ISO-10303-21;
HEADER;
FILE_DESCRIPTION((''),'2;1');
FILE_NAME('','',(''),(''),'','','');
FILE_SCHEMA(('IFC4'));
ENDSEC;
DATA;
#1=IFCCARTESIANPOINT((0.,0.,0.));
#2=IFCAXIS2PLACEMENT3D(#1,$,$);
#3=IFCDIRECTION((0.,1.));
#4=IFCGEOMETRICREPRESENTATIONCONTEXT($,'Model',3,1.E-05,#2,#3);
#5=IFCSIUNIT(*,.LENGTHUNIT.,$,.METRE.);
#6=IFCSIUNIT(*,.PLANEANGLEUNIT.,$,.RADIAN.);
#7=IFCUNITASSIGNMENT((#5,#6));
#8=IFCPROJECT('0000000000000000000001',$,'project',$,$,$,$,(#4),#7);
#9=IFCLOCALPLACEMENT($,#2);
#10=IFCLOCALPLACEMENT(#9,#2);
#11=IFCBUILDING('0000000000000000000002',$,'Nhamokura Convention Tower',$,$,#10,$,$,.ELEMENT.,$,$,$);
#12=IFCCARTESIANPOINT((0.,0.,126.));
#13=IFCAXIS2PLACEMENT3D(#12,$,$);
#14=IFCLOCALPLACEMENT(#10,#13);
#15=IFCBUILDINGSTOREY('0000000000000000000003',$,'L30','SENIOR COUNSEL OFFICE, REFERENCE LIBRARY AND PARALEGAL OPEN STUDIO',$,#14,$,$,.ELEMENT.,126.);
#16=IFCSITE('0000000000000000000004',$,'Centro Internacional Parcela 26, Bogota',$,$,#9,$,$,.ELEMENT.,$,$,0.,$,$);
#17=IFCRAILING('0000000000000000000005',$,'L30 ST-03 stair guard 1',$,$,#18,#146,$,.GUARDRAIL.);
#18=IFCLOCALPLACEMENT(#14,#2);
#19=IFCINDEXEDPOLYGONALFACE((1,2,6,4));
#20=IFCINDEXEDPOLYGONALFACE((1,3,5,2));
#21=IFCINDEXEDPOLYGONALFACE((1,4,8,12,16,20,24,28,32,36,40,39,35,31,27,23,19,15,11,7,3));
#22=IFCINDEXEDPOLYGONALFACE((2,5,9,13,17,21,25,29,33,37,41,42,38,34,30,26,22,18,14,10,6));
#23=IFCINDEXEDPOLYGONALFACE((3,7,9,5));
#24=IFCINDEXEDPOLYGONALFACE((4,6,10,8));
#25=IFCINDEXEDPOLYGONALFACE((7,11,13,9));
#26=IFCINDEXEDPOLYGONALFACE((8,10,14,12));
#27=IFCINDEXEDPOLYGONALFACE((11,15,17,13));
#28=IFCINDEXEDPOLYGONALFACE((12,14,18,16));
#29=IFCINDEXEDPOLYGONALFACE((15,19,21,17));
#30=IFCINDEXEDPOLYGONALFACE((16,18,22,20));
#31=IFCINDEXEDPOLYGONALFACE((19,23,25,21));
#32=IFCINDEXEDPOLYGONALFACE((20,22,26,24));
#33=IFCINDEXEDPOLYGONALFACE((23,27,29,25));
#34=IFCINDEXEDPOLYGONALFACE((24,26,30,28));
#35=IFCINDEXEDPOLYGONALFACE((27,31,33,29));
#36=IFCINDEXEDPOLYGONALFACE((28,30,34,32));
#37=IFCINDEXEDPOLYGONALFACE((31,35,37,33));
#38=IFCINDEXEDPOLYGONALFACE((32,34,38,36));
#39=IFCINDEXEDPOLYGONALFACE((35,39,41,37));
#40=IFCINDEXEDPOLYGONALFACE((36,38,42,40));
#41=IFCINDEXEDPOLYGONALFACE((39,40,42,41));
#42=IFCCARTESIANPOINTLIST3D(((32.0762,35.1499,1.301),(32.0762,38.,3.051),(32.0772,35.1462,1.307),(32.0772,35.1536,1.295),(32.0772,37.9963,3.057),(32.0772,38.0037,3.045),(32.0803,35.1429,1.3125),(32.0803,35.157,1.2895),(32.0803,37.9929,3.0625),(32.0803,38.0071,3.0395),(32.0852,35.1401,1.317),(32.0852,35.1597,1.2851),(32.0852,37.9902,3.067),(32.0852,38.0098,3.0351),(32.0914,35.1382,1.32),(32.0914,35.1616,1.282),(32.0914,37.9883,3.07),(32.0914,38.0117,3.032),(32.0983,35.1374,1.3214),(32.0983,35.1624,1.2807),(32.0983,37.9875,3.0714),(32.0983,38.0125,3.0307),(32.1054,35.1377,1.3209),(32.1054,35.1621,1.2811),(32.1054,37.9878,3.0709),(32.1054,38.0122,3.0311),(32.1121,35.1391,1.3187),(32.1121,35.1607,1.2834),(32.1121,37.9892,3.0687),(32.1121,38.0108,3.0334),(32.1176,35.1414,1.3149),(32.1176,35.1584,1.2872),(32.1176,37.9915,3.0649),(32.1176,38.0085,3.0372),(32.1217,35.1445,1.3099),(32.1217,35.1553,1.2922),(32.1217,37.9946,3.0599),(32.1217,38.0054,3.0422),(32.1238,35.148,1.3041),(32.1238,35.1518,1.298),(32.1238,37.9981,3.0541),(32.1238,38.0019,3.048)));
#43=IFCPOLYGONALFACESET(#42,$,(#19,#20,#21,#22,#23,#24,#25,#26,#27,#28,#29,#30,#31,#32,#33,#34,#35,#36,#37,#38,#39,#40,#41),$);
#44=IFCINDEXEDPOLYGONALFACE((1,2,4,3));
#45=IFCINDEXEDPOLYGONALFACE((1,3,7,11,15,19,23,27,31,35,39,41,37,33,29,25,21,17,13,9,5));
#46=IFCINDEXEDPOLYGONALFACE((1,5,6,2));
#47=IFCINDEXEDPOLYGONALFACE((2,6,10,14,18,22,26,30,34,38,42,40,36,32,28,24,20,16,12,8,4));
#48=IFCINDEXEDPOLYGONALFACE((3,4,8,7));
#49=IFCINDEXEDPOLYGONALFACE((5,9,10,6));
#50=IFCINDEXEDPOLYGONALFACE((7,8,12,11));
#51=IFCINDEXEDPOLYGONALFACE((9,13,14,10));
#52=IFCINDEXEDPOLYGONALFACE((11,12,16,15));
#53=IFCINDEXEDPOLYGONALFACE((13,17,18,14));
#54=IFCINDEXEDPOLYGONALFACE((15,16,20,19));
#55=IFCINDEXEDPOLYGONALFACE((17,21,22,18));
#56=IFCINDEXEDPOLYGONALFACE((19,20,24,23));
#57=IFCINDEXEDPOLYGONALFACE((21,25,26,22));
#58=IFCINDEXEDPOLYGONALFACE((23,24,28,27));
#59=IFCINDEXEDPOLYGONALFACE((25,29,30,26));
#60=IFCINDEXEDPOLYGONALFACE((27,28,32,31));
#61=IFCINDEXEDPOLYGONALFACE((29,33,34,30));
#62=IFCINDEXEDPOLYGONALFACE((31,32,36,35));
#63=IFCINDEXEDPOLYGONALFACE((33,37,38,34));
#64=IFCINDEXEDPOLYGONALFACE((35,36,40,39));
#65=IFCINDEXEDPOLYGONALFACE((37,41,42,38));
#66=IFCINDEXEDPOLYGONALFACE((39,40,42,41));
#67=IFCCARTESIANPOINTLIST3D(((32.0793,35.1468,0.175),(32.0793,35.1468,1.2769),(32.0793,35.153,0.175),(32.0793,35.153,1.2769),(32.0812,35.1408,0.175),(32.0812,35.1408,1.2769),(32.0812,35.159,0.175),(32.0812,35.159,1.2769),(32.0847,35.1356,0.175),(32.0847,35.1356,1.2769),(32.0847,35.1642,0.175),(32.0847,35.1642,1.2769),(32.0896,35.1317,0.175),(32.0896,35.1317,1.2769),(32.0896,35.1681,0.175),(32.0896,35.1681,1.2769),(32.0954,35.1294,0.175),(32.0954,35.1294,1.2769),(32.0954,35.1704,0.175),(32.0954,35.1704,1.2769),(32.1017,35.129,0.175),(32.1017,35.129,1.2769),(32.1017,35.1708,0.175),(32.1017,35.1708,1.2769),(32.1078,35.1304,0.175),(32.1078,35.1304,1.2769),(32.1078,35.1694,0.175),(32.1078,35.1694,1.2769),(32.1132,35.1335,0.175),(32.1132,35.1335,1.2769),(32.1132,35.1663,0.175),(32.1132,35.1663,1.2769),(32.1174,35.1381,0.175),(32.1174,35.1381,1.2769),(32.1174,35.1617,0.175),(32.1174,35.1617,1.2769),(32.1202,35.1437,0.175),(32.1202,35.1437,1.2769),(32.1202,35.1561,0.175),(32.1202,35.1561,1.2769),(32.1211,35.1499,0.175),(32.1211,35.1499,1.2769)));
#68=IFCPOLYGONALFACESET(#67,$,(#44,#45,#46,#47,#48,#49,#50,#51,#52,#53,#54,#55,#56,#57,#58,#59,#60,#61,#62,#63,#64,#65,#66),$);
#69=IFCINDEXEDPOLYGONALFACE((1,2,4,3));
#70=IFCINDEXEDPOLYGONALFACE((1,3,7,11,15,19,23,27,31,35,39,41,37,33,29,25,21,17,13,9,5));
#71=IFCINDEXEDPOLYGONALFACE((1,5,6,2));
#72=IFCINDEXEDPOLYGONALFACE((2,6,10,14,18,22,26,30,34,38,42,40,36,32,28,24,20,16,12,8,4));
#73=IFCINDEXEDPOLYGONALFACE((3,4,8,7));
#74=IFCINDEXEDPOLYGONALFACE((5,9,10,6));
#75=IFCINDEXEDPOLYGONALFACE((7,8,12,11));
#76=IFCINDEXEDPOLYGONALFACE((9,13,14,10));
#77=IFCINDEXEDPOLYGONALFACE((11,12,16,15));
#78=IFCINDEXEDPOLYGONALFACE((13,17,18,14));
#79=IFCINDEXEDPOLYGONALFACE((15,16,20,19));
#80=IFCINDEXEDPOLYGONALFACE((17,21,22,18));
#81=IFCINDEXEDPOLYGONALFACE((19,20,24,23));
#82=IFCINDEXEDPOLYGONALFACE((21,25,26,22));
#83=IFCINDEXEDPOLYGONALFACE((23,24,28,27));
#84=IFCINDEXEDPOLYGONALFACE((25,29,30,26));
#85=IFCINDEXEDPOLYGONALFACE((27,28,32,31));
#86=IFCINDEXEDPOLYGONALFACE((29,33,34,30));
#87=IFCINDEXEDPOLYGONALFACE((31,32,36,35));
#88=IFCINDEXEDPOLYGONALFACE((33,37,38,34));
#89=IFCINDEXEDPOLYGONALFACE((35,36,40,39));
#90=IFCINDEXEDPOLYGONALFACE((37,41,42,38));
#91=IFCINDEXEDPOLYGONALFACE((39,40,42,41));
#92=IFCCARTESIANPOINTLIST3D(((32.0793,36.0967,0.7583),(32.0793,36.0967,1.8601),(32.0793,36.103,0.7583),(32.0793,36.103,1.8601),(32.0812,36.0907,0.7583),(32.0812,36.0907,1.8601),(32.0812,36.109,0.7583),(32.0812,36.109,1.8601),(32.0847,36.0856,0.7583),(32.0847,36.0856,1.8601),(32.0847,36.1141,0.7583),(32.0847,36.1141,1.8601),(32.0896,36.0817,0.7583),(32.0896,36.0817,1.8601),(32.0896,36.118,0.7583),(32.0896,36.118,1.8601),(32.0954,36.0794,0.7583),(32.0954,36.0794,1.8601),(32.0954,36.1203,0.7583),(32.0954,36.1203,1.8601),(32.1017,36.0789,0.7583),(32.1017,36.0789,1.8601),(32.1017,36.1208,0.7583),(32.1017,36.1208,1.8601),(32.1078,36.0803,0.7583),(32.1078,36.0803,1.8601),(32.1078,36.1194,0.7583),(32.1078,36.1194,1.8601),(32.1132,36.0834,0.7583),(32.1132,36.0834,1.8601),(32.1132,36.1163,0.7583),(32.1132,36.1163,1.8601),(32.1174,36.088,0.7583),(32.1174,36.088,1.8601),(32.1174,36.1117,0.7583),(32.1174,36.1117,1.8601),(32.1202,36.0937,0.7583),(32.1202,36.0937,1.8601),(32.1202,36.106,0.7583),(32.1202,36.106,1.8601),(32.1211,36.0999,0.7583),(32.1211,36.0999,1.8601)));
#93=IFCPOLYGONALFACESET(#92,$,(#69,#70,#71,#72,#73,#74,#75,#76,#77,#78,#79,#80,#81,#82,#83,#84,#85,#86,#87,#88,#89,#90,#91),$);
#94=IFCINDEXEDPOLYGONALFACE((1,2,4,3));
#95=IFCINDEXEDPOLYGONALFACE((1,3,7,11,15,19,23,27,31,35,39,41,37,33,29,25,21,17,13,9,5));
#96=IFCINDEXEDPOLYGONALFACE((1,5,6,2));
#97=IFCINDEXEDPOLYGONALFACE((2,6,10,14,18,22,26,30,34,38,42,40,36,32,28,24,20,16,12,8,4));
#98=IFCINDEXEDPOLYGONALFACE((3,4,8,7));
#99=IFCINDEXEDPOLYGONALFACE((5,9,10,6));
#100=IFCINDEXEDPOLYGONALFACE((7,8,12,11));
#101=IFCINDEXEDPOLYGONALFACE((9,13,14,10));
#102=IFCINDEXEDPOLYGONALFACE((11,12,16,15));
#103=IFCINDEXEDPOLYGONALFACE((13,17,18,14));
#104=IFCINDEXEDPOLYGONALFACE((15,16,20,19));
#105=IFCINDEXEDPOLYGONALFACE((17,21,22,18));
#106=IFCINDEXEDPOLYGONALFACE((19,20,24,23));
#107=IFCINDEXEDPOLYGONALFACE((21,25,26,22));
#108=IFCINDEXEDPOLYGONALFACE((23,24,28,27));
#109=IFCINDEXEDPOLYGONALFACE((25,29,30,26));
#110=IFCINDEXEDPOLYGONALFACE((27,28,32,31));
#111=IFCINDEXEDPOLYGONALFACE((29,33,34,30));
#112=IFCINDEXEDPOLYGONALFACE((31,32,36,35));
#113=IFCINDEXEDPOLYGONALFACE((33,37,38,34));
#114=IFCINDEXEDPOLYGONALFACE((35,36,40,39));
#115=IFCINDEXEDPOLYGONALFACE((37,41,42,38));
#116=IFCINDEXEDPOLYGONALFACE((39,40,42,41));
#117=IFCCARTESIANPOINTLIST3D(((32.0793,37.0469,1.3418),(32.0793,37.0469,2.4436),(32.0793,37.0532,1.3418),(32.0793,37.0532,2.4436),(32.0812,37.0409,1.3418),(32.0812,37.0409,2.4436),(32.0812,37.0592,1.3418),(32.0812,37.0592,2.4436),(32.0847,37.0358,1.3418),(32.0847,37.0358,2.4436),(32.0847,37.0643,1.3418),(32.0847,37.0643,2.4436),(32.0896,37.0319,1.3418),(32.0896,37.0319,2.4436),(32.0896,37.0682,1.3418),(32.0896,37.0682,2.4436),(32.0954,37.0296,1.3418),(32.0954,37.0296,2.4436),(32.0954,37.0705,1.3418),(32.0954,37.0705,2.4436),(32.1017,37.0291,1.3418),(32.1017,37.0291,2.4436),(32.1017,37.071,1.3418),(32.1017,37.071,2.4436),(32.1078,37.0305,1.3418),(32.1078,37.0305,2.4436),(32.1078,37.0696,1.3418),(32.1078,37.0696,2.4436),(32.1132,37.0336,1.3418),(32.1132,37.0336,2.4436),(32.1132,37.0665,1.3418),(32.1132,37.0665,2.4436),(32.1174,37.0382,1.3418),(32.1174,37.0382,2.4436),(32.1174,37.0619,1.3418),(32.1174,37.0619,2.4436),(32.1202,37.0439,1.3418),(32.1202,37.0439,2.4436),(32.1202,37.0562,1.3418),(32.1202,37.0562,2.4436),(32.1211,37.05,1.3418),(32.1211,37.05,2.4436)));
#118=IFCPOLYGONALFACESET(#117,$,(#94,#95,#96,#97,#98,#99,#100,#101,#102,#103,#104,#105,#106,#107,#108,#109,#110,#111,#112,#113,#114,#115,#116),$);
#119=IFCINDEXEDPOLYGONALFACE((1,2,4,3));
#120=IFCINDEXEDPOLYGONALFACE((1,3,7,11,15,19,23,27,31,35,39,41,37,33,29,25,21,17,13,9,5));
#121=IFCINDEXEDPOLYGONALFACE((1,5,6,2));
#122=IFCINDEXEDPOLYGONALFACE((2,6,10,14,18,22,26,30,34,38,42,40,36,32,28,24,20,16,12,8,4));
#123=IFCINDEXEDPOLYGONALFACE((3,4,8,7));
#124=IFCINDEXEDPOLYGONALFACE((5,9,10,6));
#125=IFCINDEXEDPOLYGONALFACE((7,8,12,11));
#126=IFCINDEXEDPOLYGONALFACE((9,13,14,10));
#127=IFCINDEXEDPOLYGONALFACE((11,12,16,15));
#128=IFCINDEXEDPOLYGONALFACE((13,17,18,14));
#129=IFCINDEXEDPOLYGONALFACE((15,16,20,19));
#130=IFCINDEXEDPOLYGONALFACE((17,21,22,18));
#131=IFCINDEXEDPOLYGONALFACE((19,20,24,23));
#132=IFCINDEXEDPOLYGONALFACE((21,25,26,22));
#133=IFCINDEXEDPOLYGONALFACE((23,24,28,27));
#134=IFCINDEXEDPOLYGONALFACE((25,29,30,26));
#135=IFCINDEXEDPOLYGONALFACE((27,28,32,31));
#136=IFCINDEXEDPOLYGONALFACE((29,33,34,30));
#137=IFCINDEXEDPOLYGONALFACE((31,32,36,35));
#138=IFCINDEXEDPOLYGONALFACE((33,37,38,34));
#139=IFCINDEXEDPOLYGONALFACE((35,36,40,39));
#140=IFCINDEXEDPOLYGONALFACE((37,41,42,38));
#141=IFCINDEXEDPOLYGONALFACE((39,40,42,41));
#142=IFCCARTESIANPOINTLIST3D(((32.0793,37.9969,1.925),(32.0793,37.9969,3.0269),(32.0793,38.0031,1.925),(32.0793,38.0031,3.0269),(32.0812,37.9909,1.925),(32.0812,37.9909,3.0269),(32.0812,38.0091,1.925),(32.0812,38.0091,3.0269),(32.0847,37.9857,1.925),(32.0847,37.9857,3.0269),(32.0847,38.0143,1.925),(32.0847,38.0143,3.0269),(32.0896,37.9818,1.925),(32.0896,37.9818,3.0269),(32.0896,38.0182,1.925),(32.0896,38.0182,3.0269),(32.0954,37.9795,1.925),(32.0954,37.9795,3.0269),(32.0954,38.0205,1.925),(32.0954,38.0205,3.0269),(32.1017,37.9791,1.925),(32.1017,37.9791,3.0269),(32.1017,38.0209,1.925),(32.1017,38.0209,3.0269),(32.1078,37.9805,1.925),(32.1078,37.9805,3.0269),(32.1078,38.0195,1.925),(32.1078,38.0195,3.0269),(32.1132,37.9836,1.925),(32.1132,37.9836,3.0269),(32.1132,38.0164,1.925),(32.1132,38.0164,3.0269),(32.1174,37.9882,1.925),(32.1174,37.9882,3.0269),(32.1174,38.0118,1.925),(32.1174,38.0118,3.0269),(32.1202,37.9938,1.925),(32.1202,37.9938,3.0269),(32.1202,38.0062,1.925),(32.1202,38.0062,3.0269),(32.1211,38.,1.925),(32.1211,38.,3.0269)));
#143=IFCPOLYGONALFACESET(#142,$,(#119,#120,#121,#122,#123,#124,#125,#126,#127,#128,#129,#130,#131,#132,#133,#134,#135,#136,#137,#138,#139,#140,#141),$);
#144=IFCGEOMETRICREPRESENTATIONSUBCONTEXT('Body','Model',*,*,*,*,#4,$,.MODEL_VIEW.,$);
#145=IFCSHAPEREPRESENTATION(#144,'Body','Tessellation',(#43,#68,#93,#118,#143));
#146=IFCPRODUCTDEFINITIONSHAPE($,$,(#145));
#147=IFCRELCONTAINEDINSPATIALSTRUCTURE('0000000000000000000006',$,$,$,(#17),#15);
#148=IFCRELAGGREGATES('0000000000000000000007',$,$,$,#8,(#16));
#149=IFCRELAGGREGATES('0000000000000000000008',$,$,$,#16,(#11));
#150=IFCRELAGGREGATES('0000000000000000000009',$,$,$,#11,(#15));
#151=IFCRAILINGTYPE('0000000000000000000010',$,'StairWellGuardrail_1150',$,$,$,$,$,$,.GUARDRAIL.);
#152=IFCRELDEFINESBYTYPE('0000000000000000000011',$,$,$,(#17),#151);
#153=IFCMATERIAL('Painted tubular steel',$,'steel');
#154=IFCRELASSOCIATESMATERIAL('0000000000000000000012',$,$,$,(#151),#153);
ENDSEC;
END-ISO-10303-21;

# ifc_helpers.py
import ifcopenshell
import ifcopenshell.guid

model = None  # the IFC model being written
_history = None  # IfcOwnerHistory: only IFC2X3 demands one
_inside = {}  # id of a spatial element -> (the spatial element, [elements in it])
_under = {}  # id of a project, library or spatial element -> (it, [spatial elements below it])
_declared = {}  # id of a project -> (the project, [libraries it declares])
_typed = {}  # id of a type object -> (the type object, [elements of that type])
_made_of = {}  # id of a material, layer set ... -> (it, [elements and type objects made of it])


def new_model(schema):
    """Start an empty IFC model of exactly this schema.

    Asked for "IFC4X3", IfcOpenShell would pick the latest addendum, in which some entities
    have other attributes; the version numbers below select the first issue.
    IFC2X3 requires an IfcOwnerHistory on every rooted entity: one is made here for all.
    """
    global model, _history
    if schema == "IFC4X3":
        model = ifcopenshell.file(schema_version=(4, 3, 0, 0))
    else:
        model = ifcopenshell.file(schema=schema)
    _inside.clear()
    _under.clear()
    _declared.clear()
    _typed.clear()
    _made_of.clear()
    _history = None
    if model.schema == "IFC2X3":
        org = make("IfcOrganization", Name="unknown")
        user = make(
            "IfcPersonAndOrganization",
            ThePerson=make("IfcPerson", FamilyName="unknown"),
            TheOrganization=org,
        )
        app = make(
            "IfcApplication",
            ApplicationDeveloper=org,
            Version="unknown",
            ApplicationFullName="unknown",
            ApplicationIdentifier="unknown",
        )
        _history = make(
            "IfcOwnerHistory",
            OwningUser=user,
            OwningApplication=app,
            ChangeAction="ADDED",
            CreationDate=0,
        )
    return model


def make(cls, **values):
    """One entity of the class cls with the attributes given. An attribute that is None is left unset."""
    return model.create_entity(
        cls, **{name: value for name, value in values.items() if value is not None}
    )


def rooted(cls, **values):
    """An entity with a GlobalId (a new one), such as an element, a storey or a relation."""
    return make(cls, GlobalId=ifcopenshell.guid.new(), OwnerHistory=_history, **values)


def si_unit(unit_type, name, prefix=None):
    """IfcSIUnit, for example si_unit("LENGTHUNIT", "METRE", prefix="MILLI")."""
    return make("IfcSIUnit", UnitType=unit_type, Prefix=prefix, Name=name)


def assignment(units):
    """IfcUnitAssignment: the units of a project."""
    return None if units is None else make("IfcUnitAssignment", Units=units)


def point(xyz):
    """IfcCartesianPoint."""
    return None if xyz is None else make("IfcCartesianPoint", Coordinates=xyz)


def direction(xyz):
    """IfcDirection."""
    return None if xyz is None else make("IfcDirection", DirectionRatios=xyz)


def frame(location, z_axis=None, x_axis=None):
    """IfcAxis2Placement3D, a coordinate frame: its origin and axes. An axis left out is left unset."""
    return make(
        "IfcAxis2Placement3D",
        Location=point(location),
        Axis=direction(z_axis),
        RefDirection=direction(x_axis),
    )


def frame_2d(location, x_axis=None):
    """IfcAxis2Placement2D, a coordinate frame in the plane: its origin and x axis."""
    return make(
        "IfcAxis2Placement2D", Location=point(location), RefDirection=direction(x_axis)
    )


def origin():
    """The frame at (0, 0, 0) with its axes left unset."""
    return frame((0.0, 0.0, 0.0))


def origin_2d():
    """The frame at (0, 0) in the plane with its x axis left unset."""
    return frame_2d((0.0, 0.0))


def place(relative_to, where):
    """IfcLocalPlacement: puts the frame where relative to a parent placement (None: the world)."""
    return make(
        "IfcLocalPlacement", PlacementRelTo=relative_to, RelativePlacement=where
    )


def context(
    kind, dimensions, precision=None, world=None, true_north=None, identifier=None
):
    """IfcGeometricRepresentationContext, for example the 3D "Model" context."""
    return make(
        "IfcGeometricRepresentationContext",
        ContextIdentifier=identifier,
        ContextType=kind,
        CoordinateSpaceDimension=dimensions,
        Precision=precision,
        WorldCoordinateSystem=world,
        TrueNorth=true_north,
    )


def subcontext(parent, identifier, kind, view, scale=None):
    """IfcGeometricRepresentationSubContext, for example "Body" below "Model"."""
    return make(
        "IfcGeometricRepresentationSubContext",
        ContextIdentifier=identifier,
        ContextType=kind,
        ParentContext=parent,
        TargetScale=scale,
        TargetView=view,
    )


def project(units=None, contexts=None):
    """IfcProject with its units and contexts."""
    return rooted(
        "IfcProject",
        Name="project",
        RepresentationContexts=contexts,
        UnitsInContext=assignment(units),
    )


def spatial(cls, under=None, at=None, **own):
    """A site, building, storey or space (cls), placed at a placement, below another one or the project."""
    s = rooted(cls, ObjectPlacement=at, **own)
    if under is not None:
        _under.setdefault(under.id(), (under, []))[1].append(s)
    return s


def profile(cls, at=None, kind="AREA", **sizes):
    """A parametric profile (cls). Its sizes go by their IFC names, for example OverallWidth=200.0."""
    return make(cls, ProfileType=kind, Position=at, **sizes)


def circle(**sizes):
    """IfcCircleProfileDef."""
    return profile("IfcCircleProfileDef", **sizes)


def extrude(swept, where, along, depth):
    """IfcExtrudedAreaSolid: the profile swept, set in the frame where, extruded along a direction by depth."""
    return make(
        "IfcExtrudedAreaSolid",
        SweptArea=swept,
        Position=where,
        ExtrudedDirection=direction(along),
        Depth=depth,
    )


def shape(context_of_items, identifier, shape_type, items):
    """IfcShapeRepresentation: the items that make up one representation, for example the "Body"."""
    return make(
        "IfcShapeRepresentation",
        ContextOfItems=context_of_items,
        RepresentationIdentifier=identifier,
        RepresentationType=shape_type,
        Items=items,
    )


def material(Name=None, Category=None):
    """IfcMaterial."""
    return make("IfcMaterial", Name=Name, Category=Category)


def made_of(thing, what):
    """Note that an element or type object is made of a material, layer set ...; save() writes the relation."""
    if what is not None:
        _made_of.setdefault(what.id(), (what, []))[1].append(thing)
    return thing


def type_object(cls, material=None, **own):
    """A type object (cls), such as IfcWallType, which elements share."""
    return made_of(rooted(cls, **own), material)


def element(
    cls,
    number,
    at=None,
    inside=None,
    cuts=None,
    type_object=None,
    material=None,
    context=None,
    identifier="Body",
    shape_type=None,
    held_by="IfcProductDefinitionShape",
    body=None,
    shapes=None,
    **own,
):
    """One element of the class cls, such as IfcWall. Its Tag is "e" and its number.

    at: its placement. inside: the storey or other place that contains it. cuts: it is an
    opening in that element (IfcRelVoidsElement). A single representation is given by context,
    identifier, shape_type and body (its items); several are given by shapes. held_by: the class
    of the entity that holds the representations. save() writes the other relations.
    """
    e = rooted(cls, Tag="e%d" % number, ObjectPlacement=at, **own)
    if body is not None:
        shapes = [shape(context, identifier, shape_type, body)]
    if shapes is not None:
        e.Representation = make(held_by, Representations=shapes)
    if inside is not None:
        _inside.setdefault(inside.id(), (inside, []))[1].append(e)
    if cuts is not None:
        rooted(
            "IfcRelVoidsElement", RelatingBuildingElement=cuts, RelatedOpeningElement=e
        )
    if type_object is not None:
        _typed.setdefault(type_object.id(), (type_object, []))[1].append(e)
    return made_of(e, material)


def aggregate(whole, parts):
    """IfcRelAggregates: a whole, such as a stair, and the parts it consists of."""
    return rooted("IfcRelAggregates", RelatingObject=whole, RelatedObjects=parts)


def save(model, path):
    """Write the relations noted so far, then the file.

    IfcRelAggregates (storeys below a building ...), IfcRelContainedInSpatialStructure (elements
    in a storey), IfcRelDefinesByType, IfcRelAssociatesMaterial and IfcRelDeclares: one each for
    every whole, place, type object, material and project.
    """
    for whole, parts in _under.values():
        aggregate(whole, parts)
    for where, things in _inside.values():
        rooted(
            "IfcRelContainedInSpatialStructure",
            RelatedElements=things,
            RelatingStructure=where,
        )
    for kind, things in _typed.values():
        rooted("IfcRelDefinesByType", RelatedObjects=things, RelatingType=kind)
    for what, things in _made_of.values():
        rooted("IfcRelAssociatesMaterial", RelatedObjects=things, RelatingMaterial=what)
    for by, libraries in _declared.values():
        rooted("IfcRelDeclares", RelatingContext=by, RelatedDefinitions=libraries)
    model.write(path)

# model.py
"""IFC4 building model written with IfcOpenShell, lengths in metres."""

from ifc_helpers import new_model, si_unit, direction, frame, origin, origin_2d, place, context, subcontext, project, spatial, circle, extrude, material, type_object, element, save


model = new_model("IFC4")

# Units and contexts
model_context = context("Model", 3, precision=1e-05, world=origin(), true_north=direction((0.0, 1.0)))
body_context = subcontext(model_context, "Body", "Model", "MODEL_VIEW")
ifc_project = project(units=[si_unit("LENGTHUNIT", "METRE"), si_unit("PLANEANGLEUNIT", "RADIAN")], contexts=[model_context])

# Site, building, storey
site_placement = place(None, origin())
site = spatial("IfcSite", under=ifc_project, at=site_placement, Name="Centro Internacional Parcela 26, Bogota", CompositionType="ELEMENT", RefElevation=0.0)
building_placement = place(site_placement, origin())
building = spatial("IfcBuilding", under=site, at=building_placement, Name="Nhamokura Convention Tower", CompositionType="ELEMENT")
storey_placement = place(building_placement, frame((0.0, 0.0, 126.0)))
storey = spatial("IfcBuildingStorey", under=building, at=storey_placement, Name="L30", Description="SENIOR COUNSEL OFFICE, REFERENCE LIBRARY AND PARALEGAL OPEN STUDIO", CompositionType="ELEMENT", Elevation=126.0)

# Railing
ifc_material_1 = material(Name="Painted tubular steel", Category="steel")
railing_type_1 = type_object("IfcRailingType", Name="StairWellGuardrail_1150", PredefinedType="GUARDRAIL", material=ifc_material_1)
railing_1_placement = place(storey_placement, frame((32.1001, 35.1499, 0.175)))
element("IfcRailing", 1, at=railing_1_placement, inside=storey, type_object=railing_type_1, Name="L30 ST-03 stair guard 1", PredefinedType="GUARDRAIL", context=body_context, shape_type="SweptSolid", body=[
    extrude(circle(Radius=0.0239, at=origin_2d()), frame((0.0, 0.0, 1.126), z_axis=(0.0, 0.852179, 0.52325), x_axis=(-1.0, 0.0, 0.0)), (0.0, 0.0, 1.0), 3.3445),
    extrude(circle(Radius=0.021, at=origin_2d()), origin(), (0.0, 0.0, 1.0), 1.1018),
    extrude(circle(Radius=0.021, at=origin_2d()), frame((0.0, 0.95, 0.5833)), (0.0, 0.0, 1.0), 1.1018),
    extrude(circle(Radius=0.021, at=origin_2d()), frame((0.0, 1.9001, 1.1667)), (0.0, 0.0, 1.0), 1.1018),
    extrude(circle(Radius=0.021, at=origin_2d()), frame((0.0, 2.8501, 1.75)), (0.0, 0.0, 1.0), 1.1018),
])

save(model, "model.ifc")
